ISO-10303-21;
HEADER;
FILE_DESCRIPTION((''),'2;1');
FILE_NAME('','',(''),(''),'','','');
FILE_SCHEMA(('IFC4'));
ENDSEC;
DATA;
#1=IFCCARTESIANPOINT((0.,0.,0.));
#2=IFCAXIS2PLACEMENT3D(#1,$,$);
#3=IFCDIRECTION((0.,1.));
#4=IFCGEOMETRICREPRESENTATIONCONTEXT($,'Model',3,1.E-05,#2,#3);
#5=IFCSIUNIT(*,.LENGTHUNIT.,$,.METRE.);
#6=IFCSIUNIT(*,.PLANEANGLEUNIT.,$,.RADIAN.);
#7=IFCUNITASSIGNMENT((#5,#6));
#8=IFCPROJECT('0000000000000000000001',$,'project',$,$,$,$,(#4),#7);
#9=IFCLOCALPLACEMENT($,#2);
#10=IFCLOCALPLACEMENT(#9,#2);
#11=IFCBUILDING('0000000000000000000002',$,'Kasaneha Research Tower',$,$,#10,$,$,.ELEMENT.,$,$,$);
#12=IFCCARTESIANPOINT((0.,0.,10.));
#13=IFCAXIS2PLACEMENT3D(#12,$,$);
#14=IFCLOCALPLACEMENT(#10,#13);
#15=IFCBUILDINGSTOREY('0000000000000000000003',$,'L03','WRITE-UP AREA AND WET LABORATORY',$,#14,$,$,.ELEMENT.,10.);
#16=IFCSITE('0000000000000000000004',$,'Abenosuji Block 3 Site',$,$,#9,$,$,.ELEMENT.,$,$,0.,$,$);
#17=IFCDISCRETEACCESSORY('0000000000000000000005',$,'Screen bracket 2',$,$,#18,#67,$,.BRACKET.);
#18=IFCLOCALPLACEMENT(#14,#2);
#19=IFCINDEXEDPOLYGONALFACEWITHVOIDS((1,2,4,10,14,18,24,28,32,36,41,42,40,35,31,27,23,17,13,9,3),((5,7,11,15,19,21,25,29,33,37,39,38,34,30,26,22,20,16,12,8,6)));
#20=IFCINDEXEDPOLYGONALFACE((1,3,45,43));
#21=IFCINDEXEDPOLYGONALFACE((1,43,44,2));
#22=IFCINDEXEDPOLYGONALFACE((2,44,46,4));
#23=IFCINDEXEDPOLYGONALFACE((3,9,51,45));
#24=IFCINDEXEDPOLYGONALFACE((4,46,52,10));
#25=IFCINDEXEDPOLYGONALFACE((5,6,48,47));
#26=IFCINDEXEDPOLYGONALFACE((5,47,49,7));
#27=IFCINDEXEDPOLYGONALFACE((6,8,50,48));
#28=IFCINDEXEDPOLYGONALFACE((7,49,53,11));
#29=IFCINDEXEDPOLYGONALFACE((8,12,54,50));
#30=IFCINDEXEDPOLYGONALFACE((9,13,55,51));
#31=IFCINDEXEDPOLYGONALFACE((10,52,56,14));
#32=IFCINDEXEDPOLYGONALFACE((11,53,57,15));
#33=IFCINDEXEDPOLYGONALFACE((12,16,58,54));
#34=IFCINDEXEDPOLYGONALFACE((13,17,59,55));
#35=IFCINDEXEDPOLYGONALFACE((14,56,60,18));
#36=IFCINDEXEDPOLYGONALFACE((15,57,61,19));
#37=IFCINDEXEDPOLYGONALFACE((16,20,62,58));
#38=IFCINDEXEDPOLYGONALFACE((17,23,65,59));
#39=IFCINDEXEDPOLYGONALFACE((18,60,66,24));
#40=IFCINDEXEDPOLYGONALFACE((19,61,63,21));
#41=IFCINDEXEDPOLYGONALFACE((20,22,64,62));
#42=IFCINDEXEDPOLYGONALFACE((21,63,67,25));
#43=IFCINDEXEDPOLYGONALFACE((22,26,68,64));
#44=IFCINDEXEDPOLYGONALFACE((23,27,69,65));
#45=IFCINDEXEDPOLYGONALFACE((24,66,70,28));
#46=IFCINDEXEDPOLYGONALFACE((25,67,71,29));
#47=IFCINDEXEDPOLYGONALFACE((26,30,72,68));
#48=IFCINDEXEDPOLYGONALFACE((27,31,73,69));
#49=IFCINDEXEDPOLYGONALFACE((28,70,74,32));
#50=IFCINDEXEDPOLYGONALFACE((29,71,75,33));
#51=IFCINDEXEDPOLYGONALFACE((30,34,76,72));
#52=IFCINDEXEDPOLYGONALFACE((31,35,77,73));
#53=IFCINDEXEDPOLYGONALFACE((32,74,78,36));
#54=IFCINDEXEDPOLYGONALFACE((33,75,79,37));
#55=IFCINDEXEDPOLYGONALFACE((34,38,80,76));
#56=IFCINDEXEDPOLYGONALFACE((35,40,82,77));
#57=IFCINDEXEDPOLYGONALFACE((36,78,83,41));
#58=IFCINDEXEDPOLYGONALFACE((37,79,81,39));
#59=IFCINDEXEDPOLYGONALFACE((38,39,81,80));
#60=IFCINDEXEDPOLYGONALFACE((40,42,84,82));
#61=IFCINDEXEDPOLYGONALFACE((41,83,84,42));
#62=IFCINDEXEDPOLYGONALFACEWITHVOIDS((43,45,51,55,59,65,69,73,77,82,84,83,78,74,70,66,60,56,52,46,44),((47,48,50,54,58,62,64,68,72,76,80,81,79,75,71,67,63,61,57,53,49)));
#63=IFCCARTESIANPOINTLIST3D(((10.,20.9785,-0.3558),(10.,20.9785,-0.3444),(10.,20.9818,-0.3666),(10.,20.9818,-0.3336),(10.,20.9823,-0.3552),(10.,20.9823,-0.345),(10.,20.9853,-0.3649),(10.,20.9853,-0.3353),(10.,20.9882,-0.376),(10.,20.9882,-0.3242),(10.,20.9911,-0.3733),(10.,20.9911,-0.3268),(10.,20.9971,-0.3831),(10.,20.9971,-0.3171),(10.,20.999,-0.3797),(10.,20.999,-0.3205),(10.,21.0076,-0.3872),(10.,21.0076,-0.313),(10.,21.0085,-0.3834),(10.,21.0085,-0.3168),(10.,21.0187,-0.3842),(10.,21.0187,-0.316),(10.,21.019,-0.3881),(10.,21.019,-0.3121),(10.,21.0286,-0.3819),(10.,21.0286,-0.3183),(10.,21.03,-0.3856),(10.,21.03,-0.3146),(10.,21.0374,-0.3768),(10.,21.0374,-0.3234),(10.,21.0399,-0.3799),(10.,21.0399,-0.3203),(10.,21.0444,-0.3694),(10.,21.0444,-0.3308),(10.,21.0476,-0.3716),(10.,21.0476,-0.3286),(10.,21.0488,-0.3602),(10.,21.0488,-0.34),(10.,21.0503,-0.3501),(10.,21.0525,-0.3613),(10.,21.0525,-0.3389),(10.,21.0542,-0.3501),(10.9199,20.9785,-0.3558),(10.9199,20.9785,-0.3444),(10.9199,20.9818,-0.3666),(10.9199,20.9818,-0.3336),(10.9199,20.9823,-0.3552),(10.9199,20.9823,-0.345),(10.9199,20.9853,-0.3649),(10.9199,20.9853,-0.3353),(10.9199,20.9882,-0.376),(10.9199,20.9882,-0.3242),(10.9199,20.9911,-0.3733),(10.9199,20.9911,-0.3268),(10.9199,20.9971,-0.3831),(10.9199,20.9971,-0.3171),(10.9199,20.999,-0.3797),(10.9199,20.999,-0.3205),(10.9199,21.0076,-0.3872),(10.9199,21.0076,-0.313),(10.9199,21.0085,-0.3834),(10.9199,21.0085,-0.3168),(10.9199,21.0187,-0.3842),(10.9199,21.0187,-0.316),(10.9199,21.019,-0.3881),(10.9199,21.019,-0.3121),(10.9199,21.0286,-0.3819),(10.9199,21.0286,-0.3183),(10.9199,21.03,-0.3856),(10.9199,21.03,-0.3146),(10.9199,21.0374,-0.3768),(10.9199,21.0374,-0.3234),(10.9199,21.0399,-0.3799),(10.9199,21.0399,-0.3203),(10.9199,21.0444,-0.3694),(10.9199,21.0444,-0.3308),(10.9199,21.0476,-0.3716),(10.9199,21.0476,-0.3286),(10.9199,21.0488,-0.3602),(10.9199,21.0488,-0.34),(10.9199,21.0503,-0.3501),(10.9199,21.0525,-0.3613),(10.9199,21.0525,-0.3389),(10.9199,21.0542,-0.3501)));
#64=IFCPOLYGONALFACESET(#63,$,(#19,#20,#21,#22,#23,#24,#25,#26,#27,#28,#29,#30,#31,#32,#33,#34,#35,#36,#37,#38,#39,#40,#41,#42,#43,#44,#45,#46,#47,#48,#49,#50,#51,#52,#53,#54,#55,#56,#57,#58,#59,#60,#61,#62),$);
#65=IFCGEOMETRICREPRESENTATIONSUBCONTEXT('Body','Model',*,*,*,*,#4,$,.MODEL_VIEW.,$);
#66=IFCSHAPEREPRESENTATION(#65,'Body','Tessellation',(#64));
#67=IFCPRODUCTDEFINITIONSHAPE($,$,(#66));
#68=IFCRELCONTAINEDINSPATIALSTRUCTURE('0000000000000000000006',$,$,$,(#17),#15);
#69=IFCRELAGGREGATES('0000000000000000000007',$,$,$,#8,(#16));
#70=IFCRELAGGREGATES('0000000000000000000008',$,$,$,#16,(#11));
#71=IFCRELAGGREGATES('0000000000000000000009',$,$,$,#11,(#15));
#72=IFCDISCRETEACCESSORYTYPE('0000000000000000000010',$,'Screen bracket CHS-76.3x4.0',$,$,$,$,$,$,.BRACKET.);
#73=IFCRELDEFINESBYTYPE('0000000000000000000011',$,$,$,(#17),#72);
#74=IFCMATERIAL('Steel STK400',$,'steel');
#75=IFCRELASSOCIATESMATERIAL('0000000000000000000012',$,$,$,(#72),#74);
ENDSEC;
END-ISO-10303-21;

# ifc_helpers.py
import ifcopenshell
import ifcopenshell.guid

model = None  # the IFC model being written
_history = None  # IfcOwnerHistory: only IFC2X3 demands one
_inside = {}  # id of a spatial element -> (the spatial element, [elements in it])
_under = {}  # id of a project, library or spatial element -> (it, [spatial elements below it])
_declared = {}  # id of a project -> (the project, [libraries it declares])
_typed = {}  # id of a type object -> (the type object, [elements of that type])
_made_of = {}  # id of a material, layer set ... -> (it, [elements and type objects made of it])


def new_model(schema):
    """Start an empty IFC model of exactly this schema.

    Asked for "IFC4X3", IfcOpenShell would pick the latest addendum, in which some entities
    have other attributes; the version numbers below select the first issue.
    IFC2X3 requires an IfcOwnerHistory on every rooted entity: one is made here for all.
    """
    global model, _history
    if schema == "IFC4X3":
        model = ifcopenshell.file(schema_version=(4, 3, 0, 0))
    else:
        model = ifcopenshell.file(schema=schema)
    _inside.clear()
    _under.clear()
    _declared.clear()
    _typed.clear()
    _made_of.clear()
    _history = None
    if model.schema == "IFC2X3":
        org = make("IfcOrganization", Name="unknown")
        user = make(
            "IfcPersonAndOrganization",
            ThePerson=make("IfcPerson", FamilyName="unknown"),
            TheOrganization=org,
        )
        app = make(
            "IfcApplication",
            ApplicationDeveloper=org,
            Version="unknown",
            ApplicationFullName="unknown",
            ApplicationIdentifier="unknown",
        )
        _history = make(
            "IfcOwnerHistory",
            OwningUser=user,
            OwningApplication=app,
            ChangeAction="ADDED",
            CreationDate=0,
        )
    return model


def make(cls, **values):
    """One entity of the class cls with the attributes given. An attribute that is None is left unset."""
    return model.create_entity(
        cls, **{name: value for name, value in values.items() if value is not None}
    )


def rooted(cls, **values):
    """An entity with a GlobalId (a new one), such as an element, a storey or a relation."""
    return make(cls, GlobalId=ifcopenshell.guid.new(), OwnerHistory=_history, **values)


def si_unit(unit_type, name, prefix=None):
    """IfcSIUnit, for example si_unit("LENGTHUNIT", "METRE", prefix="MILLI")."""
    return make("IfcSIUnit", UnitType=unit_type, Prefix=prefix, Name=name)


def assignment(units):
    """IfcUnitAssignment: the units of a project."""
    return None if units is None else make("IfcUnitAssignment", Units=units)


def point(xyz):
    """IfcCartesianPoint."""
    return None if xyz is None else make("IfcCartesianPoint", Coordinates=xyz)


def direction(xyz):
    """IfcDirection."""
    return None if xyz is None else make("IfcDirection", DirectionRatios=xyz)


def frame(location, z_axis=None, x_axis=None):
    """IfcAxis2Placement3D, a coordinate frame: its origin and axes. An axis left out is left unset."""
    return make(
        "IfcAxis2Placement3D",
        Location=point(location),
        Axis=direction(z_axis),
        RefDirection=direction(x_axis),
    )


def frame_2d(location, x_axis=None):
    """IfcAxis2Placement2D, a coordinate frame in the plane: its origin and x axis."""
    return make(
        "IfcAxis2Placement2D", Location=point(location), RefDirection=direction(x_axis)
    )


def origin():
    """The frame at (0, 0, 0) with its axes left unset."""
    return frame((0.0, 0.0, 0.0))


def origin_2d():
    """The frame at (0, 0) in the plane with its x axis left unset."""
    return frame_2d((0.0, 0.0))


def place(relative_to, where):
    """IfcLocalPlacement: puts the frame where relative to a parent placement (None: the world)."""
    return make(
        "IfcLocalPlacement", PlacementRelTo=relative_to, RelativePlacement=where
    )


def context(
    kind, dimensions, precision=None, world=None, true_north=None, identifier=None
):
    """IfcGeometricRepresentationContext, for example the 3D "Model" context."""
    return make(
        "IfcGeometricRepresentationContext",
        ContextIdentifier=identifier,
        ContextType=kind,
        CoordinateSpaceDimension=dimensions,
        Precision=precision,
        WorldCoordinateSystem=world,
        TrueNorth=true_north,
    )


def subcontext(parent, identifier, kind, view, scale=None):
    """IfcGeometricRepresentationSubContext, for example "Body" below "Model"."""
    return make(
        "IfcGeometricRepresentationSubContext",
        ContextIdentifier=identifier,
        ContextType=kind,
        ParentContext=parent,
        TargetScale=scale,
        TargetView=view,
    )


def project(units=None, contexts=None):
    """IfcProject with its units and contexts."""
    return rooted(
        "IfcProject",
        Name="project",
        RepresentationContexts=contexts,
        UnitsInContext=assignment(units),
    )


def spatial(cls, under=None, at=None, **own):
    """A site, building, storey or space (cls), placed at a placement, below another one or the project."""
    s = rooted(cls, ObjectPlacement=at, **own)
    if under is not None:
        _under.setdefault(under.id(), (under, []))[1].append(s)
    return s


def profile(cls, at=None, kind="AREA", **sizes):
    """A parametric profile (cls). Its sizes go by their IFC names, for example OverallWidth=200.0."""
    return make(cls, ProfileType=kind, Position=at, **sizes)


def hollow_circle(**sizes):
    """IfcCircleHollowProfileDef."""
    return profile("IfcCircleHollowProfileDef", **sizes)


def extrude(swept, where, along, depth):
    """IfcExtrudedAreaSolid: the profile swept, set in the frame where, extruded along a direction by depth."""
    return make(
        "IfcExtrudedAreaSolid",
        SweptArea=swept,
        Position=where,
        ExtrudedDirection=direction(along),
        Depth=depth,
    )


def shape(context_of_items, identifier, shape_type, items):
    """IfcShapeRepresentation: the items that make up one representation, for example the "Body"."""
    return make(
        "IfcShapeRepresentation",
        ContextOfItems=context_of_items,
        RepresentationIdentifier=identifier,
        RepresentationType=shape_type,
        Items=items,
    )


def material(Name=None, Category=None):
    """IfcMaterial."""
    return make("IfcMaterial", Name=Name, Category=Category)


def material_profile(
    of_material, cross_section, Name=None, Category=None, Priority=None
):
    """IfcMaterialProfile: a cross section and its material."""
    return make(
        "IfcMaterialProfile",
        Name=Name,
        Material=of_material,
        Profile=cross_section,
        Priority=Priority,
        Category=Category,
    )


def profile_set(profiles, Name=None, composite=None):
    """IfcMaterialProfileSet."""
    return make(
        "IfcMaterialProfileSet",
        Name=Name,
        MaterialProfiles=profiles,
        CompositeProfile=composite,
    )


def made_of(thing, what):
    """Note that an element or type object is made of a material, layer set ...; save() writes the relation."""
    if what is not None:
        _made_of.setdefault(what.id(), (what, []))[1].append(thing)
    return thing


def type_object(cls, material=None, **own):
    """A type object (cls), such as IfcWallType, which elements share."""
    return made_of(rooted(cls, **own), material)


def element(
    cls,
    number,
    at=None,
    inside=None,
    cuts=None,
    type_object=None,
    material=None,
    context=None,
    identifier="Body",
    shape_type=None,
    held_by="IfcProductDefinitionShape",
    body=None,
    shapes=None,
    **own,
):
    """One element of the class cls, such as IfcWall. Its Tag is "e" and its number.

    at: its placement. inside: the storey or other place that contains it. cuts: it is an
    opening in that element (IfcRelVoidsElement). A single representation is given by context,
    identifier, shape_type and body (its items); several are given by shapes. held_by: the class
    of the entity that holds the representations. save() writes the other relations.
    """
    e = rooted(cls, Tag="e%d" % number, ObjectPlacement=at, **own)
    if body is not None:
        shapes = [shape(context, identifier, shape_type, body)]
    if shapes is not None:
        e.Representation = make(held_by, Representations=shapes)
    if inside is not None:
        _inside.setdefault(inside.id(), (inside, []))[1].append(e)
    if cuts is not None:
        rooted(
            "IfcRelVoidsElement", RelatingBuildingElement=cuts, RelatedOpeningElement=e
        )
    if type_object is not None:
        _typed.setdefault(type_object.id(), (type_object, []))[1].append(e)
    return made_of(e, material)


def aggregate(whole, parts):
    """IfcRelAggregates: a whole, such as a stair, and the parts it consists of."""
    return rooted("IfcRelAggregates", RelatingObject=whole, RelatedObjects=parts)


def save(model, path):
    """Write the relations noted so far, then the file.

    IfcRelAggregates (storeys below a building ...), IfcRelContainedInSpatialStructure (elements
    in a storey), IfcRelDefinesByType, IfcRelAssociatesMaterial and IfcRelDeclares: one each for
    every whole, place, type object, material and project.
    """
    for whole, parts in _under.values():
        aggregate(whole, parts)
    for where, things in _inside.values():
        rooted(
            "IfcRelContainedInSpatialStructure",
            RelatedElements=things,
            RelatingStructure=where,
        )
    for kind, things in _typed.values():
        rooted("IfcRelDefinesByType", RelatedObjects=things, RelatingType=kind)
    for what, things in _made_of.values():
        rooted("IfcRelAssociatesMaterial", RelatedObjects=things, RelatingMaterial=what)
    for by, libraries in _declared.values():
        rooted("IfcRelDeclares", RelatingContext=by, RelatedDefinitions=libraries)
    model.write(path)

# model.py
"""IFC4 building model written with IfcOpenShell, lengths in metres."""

from ifc_helpers import new_model, si_unit, direction, frame, origin, origin_2d, place, context, subcontext, project, spatial, hollow_circle, extrude, material, material_profile, profile_set, type_object, element, save


model = new_model("IFC4")

# Units and contexts
model_context = context("Model", 3, precision=1e-05, world=origin(), true_north=direction((0.0, 1.0)))
body_context = subcontext(model_context, "Body", "Model", "MODEL_VIEW")
ifc_project = project(units=[si_unit("LENGTHUNIT", "METRE"), si_unit("PLANEANGLEUNIT", "RADIAN")], contexts=[model_context])

# Site, building, storey
site_placement = place(None, origin())
site = spatial("IfcSite", under=ifc_project, at=site_placement, Name="Abenosuji Block 3 Site", CompositionType="ELEMENT", RefElevation=0.0)
building_placement = place(site_placement, origin())
building = spatial("IfcBuilding", under=site, at=building_placement, Name="Kasaneha Research Tower", CompositionType="ELEMENT")
storey_placement = place(building_placement, frame((0.0, 0.0, 10.0)))
storey = spatial("IfcBuildingStorey", under=building, at=storey_placement, Name="L03", Description="WRITE-UP AREA AND WET LABORATORY", CompositionType="ELEMENT", Elevation=10.0)

# Discrete accessory
ifc_material_1 = material(Name="Steel STK400", Category="steel")
ifc_material_profile_1 = material_profile(ifc_material_1, hollow_circle(Radius=0.0381, WallThickness=0.0039, at=origin_2d()), Name="CHS-76.3x4.0")
ifc_profile_set_1 = profile_set([ifc_material_profile_1], Name="Steel STK400")
discrete_accessory_type = type_object("IfcDiscreteAccessoryType", Name="Screen bracket CHS-76.3x4.0", PredefinedType="BRACKET", material=ifc_profile_set_1)
for number, where, z_axis, x_axis, name in (
    (1, (10.0, 21.0161, -0.3501), (1.0, 0.0, 0.0), (0.0, 1.0, 0.0), "Screen bracket 2"),
):
    element("IfcDiscreteAccessory", number, at=place(storey_placement, frame(where, z_axis=z_axis, x_axis=x_axis)), inside=storey, type_object=discrete_accessory_type, Name=name, PredefinedType="BRACKET", context=body_context, shape_type="SweptSolid", body=[
        extrude(hollow_circle(Radius=0.0381, WallThickness=0.0039, at=origin_2d()), origin(), (0.0, 0.0, 1.0), 0.9199),
    ])

save(model, "model.ifc")
